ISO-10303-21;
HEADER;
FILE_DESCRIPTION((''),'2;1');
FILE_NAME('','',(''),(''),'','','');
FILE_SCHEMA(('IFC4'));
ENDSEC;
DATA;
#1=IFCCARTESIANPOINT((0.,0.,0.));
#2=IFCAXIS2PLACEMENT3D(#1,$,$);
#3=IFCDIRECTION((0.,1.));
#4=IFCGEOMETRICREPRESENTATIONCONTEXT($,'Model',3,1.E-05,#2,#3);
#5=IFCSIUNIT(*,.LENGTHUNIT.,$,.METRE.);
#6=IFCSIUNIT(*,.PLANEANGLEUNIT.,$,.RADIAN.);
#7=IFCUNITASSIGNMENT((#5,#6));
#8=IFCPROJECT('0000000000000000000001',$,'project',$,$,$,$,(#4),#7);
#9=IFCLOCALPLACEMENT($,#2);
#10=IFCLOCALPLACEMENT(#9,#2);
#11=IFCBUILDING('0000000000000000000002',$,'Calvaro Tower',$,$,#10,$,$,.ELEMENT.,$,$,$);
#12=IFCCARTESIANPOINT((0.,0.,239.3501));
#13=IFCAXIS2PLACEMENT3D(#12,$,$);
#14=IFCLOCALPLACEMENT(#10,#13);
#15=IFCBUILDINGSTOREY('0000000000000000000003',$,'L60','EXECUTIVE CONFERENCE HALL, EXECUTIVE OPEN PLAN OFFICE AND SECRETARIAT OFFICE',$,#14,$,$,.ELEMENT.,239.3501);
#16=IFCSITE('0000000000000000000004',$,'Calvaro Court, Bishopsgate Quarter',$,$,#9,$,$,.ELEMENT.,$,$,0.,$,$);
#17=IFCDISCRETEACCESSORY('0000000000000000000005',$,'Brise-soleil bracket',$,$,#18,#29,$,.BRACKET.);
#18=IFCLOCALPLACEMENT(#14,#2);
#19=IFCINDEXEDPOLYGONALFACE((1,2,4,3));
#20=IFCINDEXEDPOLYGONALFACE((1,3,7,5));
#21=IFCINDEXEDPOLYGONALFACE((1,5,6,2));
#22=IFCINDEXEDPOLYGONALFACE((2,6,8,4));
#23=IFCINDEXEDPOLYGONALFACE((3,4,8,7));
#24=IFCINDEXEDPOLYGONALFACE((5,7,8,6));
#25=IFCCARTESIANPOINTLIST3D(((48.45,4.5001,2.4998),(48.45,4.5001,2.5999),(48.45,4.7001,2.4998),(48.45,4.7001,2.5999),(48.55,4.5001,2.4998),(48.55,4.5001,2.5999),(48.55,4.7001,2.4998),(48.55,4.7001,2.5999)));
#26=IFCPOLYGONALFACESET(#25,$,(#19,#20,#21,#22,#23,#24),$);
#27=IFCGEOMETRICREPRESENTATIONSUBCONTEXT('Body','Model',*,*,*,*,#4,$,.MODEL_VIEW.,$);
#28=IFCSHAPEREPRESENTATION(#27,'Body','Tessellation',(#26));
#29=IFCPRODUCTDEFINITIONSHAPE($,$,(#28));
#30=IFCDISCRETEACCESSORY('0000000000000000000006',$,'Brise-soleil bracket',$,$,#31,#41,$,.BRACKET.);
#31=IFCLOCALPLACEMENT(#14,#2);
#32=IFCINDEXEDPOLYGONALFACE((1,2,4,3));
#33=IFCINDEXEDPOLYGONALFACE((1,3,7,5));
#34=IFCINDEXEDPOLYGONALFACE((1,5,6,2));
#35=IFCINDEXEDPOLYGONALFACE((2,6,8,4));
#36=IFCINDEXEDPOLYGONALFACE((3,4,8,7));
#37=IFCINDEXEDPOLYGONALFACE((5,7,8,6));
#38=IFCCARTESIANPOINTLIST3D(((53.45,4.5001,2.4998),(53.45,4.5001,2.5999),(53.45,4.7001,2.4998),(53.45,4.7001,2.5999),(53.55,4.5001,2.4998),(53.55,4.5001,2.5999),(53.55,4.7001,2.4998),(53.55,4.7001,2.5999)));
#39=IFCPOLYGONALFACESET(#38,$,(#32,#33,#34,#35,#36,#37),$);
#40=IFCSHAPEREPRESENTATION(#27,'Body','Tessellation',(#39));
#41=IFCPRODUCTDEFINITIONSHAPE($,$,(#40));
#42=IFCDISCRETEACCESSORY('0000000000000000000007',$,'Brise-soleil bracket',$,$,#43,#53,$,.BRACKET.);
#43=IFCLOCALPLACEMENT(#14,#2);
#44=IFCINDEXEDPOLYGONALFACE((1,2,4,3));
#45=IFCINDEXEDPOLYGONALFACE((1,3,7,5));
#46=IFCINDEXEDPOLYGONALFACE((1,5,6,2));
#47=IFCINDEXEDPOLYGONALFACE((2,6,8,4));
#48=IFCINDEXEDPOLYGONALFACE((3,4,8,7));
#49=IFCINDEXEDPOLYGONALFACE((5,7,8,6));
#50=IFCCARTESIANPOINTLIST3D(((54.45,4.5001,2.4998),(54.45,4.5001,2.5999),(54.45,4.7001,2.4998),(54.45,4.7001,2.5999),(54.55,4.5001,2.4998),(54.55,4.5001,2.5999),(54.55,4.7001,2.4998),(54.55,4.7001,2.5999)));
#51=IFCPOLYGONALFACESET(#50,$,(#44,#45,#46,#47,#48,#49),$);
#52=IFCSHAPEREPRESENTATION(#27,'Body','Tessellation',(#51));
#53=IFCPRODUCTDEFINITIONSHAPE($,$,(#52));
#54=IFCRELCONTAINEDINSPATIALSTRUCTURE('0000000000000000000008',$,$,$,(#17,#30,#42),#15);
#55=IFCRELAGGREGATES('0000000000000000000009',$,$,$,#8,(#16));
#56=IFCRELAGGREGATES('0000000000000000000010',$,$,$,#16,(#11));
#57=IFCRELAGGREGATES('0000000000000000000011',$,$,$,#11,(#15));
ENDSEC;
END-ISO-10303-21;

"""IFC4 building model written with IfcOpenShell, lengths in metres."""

from ifc_helpers import new_model, si_unit, direction, frame, origin, origin_2d, place, context, subcontext, project, spatial, rectangle, extrude, element, save


model = new_model("IFC4")

# Units and contexts
model_context = context("Model", 3, precision=1e-05, world=origin(), true_north=direction((0.0, 1.0)))
body_context = subcontext(model_context, "Body", "Model", "MODEL_VIEW")
ifc_project = project(units=[si_unit("LENGTHUNIT", "METRE"), si_unit("PLANEANGLEUNIT", "RADIAN")], contexts=[model_context])

# Site, building, storey
site_placement = place(None, origin())
site = spatial("IfcSite", under=ifc_project, at=site_placement, Name="Calvaro Court, Bishopsgate Quarter", CompositionType="ELEMENT", RefElevation=0.0)
building_placement = place(site_placement, origin())
building = spatial("IfcBuilding", under=site, at=building_placement, Name="Calvaro Tower", CompositionType="ELEMENT")
storey_placement = place(building_placement, frame((0.0, 0.0, 239.3501)))
storey = spatial("IfcBuildingStorey", under=building, at=storey_placement, Name="L60", Description="EXECUTIVE CONFERENCE HALL, EXECUTIVE OPEN PLAN OFFICE AND SECRETARIAT OFFICE", CompositionType="ELEMENT", Elevation=239.3501)

# Discrete accessories
for number, where, z_axis, x_axis, name in (
    (1, (48.5, 4.6001, 2.4998), (0.0, 0.0, 1.0), (1.0, 0.0, 0.0), "Brise-soleil bracket"),
    (2, (53.5, 4.6001, 2.4998), (0.0, 0.0, 1.0), (1.0, 0.0, 0.0), "Brise-soleil bracket"),
    (3, (54.5, 4.6001, 2.4998), (0.0, 0.0, 1.0), (1.0, 0.0, 0.0), "Brise-soleil bracket"),
):
    element("IfcDiscreteAccessory", number, at=place(storey_placement, frame(where, z_axis=z_axis, x_axis=x_axis)), inside=storey, Name=name, PredefinedType="BRACKET", context=body_context, shape_type="SweptSolid", body=[
        extrude(rectangle(XDim=0.1001, YDim=0.2, at=origin_2d()), origin(), (0.0, 0.0, 1.0), 0.1001),
    ])

save(model, "model.ifc")
